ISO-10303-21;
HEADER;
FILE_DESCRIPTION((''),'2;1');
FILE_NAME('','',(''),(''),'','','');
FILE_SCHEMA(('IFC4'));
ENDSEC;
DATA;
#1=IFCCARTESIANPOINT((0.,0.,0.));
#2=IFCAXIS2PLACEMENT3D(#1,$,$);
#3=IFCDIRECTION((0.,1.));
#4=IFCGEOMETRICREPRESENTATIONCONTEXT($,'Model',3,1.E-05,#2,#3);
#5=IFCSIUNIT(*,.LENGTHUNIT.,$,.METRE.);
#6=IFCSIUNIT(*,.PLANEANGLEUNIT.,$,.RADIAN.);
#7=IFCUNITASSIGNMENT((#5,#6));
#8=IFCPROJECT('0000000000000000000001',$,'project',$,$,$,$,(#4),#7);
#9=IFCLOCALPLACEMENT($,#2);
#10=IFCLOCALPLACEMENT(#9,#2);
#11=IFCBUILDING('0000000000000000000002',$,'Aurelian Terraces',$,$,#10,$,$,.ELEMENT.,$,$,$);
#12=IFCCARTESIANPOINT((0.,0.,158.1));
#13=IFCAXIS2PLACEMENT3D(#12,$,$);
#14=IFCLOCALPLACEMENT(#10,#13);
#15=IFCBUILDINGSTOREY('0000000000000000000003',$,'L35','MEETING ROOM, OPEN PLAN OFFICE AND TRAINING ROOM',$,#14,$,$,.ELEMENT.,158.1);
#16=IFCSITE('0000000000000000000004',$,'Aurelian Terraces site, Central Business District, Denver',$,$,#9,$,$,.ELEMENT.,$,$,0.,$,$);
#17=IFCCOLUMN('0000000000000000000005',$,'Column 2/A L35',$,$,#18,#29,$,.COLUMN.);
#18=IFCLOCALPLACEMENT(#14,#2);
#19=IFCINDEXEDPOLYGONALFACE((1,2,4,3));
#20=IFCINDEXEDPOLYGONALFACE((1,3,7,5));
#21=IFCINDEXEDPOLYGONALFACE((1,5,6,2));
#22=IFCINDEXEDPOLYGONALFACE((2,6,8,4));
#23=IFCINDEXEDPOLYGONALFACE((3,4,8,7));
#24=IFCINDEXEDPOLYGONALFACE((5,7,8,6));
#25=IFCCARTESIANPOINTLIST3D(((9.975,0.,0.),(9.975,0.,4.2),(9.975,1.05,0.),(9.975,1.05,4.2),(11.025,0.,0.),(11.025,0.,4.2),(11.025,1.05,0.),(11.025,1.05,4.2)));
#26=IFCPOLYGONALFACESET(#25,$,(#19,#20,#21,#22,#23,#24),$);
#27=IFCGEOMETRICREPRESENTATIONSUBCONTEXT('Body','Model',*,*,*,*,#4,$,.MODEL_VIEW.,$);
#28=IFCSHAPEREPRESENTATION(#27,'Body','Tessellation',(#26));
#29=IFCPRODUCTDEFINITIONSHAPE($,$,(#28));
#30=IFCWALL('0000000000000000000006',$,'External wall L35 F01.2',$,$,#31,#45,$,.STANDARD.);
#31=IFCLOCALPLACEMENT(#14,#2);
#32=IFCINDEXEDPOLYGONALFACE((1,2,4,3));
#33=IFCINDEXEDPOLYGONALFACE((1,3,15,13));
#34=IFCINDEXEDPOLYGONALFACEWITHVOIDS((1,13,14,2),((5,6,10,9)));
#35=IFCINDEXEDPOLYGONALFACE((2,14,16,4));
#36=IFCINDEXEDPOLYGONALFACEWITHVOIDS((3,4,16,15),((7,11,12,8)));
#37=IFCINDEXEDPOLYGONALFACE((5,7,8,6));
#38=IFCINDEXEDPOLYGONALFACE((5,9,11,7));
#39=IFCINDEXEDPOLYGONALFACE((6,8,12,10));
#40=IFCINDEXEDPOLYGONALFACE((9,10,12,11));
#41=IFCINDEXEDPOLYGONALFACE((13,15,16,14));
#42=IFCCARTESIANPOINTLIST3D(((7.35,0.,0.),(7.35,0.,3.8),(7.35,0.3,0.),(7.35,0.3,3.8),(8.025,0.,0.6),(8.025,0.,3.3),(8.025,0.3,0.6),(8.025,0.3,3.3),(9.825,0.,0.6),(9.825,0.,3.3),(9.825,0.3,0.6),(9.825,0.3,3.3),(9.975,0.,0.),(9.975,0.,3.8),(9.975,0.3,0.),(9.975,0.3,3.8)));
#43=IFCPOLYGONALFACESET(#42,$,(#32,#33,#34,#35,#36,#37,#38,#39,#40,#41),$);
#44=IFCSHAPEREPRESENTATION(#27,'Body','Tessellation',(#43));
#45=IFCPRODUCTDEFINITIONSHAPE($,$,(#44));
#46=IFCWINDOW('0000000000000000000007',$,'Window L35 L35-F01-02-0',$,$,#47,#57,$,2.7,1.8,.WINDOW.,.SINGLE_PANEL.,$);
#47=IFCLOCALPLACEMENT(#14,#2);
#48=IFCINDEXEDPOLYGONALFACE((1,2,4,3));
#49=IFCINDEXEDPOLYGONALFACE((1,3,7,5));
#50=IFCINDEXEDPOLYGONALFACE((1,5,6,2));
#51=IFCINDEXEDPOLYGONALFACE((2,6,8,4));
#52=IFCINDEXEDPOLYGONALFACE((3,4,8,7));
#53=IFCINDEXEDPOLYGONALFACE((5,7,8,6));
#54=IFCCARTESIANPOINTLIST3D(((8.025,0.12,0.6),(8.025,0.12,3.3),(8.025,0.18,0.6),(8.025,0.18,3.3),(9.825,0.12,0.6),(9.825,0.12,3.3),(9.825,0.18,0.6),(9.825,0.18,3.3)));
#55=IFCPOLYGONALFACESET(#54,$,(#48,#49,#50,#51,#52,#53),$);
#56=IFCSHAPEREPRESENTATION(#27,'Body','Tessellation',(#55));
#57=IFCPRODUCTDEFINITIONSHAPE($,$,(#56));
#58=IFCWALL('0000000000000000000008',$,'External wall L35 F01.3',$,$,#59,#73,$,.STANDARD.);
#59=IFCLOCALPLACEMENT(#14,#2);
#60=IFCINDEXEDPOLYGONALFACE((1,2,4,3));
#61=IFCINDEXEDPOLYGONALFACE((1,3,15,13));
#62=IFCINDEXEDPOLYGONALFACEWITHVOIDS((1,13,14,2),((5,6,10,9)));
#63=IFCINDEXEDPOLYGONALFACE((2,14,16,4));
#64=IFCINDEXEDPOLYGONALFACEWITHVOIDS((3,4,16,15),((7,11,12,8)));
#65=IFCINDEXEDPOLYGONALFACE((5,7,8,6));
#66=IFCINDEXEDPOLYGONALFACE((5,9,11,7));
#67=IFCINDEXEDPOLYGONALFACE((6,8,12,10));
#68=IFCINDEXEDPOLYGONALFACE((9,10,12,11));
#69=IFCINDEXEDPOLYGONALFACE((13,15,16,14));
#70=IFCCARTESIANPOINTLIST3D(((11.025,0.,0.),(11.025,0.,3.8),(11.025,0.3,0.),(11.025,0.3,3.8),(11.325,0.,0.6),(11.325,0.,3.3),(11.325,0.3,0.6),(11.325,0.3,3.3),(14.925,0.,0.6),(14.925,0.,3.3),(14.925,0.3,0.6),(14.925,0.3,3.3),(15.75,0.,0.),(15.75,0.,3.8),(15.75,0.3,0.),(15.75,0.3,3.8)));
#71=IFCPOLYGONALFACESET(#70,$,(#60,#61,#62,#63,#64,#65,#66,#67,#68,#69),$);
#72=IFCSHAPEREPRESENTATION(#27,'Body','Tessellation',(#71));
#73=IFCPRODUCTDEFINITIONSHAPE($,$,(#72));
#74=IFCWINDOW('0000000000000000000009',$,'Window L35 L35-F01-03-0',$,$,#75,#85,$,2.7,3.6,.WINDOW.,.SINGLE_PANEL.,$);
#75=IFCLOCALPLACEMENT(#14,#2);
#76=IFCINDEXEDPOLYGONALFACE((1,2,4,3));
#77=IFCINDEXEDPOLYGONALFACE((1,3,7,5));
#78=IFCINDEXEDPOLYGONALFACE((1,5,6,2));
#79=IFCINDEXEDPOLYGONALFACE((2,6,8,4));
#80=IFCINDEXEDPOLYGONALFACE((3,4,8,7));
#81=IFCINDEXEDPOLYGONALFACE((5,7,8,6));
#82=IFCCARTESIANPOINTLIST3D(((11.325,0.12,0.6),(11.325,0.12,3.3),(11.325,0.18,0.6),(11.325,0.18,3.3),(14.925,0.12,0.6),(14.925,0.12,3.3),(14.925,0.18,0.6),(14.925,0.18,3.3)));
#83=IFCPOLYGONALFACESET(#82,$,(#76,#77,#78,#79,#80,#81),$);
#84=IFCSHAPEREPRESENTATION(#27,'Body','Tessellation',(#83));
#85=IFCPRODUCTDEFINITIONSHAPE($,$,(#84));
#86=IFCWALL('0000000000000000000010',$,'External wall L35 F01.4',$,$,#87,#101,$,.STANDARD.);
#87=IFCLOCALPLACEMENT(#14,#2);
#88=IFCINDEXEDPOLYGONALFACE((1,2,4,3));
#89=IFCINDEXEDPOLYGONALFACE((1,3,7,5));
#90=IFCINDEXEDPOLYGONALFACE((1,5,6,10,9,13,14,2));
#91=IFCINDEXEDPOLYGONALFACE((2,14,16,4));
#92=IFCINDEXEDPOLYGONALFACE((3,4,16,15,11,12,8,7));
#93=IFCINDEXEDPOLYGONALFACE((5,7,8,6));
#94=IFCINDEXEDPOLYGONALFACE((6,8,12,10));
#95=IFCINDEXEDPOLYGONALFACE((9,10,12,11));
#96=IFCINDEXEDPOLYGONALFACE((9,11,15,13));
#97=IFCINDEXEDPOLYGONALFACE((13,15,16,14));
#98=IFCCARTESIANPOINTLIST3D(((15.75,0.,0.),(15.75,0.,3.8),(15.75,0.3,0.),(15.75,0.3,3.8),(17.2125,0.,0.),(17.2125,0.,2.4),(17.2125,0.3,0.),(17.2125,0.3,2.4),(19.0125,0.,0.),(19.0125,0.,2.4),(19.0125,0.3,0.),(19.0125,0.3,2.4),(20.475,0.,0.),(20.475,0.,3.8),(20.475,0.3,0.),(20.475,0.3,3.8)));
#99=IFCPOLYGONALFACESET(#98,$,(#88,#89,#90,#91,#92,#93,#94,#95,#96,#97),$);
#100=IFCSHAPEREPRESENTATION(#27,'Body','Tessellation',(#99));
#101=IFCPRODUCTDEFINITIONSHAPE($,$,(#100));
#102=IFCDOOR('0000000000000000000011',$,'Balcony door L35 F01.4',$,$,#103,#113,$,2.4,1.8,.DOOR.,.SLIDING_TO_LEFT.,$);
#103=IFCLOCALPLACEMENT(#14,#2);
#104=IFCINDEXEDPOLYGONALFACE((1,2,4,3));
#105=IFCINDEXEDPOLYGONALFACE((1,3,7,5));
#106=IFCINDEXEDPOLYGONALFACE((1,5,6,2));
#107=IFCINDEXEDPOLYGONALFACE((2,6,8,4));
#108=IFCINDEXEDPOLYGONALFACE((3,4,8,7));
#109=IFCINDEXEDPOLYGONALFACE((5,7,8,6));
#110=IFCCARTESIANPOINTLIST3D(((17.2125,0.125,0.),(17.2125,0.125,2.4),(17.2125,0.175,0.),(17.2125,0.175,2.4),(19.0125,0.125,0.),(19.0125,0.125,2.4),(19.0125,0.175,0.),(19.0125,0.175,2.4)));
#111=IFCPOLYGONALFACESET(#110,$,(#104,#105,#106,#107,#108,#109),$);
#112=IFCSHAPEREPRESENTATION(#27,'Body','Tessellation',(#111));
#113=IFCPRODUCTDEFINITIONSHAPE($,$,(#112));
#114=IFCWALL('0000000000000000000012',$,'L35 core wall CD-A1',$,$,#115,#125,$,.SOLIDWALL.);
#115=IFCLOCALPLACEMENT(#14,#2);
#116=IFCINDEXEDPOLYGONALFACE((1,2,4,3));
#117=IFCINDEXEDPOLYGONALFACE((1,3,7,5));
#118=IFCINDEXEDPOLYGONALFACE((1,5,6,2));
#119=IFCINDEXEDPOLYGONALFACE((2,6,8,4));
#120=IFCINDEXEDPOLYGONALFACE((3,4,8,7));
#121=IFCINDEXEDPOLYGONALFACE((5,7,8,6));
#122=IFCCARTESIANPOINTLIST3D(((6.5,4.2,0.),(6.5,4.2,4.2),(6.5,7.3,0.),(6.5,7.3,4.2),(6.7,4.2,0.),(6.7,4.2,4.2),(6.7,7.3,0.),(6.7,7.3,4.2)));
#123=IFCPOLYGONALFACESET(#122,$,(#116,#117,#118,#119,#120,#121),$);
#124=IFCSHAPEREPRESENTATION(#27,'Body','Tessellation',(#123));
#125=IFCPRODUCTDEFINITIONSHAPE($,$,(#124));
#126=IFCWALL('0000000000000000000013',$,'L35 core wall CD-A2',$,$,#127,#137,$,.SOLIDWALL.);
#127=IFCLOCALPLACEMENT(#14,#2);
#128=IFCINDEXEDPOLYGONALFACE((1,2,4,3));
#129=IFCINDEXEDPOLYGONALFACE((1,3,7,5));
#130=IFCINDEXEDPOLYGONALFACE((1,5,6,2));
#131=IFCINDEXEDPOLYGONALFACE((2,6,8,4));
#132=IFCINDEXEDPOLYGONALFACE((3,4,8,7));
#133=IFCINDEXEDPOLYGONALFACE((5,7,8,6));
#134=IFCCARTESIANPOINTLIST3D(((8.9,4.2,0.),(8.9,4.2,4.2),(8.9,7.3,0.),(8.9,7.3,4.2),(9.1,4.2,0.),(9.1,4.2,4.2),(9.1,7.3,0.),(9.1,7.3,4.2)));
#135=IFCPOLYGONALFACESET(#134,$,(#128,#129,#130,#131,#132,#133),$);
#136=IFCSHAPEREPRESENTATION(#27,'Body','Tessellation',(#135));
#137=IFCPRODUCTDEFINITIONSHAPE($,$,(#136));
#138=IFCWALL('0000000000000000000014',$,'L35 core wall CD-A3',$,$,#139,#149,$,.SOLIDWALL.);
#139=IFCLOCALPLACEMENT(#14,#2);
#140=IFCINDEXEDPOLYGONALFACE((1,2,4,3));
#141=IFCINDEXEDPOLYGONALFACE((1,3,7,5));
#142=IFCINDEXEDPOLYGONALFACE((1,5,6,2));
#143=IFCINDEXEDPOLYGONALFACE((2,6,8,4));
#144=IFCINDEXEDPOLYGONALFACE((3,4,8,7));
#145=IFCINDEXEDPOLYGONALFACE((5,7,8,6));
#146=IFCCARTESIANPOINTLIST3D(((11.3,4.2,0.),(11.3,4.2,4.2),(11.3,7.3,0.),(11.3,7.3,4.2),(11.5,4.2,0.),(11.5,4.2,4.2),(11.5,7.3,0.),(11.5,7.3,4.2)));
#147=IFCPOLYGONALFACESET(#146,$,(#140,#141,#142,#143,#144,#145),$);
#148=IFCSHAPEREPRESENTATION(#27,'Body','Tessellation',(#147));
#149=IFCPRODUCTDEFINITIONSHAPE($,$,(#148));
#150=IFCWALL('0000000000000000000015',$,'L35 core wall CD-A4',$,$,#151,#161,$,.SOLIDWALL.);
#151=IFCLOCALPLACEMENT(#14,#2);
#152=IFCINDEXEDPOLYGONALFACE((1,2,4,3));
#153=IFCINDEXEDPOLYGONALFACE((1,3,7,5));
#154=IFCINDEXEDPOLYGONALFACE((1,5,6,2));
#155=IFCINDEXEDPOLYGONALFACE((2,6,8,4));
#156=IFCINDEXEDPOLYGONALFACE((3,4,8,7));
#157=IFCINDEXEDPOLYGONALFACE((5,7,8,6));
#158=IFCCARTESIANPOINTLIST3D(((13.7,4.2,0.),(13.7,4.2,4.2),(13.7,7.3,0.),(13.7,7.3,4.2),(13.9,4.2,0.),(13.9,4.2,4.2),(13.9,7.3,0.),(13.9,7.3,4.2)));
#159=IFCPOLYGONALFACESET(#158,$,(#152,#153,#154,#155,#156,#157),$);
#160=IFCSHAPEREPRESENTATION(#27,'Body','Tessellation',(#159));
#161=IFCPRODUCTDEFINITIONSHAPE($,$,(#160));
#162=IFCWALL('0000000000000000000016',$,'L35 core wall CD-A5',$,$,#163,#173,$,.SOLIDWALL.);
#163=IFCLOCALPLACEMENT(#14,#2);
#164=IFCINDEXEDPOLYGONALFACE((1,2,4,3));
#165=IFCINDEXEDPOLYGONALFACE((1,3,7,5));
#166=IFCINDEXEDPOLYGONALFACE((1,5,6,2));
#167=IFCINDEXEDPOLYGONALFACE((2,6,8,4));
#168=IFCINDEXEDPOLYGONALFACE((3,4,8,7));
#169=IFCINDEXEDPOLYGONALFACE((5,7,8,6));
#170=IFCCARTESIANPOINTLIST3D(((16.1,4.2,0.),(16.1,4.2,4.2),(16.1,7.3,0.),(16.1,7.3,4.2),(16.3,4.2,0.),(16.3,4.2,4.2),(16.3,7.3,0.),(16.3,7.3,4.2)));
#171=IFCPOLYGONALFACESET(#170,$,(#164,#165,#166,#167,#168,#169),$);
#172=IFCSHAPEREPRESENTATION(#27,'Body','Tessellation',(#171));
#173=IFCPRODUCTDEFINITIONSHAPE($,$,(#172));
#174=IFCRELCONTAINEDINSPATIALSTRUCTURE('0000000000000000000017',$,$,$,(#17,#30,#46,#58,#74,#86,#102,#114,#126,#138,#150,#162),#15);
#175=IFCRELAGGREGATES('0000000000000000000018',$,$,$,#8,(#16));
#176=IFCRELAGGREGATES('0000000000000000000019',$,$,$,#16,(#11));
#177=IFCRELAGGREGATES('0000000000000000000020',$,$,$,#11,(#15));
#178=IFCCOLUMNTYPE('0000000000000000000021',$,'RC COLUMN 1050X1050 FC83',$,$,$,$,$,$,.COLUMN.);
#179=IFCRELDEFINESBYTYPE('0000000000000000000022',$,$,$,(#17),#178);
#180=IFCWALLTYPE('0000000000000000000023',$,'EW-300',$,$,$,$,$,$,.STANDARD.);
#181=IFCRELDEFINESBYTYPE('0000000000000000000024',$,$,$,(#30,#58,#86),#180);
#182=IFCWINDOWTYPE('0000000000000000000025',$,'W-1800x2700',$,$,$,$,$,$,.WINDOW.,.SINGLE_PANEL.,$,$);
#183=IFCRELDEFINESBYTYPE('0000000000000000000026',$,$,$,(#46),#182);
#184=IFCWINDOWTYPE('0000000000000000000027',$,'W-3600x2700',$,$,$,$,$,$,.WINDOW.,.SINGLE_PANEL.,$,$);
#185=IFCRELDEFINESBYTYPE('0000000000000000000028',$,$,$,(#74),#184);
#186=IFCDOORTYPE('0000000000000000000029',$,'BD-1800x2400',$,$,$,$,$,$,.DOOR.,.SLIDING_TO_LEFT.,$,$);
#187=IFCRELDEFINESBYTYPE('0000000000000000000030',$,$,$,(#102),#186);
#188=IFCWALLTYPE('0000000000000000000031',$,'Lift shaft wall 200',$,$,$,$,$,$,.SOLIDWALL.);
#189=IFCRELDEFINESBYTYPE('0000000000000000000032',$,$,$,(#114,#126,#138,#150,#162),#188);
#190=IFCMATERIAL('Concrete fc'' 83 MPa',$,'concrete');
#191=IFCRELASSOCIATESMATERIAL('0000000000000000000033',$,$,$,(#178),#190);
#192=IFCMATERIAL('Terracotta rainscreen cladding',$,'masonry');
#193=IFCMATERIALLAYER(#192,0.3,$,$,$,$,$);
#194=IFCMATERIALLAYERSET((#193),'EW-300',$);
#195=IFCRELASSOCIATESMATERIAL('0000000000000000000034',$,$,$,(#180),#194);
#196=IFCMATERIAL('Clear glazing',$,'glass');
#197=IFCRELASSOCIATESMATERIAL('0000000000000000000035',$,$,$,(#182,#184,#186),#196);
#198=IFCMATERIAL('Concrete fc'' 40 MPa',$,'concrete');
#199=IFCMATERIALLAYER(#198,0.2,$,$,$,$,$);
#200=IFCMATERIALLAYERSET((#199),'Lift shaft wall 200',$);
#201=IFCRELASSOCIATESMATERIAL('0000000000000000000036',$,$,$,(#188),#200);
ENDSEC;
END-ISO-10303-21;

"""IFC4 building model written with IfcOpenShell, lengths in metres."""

from ifc_helpers import new_model, si_unit, direction, frame, frame_2d, origin, origin_2d, place, context, subcontext, project, spatial, rectangle, extrude, source, transform, mapped, material, layer, layer_set, material_profile, profile_set, type_object, element, fill, save


model = new_model("IFC4")

# Units and contexts
model_context = context("Model", 3, precision=1e-05, world=origin(), true_north=direction((0.0, 1.0)))
body_context = subcontext(model_context, "Body", "Model", "MODEL_VIEW")
ifc_project = project(units=[si_unit("LENGTHUNIT", "METRE"), si_unit("PLANEANGLEUNIT", "RADIAN")], contexts=[model_context])

# Site, building, storey
site_placement = place(None, origin())
site = spatial("IfcSite", under=ifc_project, at=site_placement, Name="Aurelian Terraces site, Central Business District, Denver", CompositionType="ELEMENT", RefElevation=0.0)
building_placement = place(site_placement, origin())
building = spatial("IfcBuilding", under=site, at=building_placement, Name="Aurelian Terraces", CompositionType="ELEMENT")
storey_placement = place(building_placement, frame((0.0, 0.0, 158.1)))
storey = spatial("IfcBuildingStorey", under=building, at=storey_placement, Name="L35", Description="MEETING ROOM, OPEN PLAN OFFICE AND TRAINING ROOM", CompositionType="ELEMENT", Elevation=158.1)

# Column
ifc_material_1 = material(Name="Concrete fc' 83 MPa", Category="concrete")
ifc_material_profile = material_profile(ifc_material_1, rectangle(XDim=1.05, YDim=1.05, at=origin_2d()))
ifc_profile_set = profile_set([ifc_material_profile], Name="Concrete fc' 83 MPa")
column_type = type_object("IfcColumnType", Name="RC COLUMN 1050X1050 FC83", PredefinedType="COLUMN", material=ifc_profile_set)
shared_shape_1 = source(origin(), body_context, "Body", "SweptSolid", [
    extrude(rectangle(XDim=1.05, YDim=1.05, at=origin_2d()), origin(), (0.0, 0.0, 1.0), 4.2),
])
column_placement = place(storey_placement, frame((10.5, 0.525, 0.0), z_axis=(0.0, 0.0, 1.0), x_axis=(1.0, 0.0, 0.0)))
element("IfcColumn", 1, at=column_placement, inside=storey, type_object=column_type, Name="Column 2/A L35", PredefinedType="COLUMN", context=body_context, shape_type="MappedRepresentation", body=[
    mapped(shared_shape_1, transform((0.0, 0.0, 0.0), scale=1.0)),
])

# Walls, openings, windows
ifc_material_2 = material(Name="Terracotta rainscreen cladding", Category="masonry")
ifc_layer_1 = layer(ifc_material_2, 0.3)
ifc_layer_set_1 = layer_set([ifc_layer_1], Name="EW-300")
wall_type_1 = type_object("IfcWallType", Name="EW-300", PredefinedType="STANDARD", material=ifc_layer_set_1)
shared_shape_2 = source(origin(), body_context, "Body", "SweptSolid", [
    extrude(rectangle(XDim=2.625, YDim=0.3, at=frame_2d((1.3125, 0.0))), origin(), (0.0, 0.0, 1.0), 3.8),
])
wall_1_placement = place(storey_placement, frame((7.35, 0.15, 0.0), z_axis=(0.0, 0.0, 1.0), x_axis=(1.0, 0.0, 0.0)))
wall_1 = element("IfcWall", 2, at=wall_1_placement, inside=storey, type_object=wall_type_1, Name="External wall L35 F01.2", PredefinedType="STANDARD", context=body_context, shape_type="MappedRepresentation", body=[
    mapped(shared_shape_2, transform((0.0, 0.0, 0.0), scale=1.0)),
])
shared_shape_3 = source(origin(), body_context, "Body", "SweptSolid", [
    extrude(rectangle(XDim=1.8, YDim=2.7, at=frame_2d((0.9, 1.35))), frame((0.0, 0.16, 0.0), z_axis=(0.0, -1.0, 0.0), x_axis=(1.0, 0.0, 0.0)), (0.0, 0.0, 1.0), 0.32),
])
opening_1_placement = place(wall_1_placement, frame((0.675, 0.0, 0.6)))
opening_1 = element("IfcOpeningElement", 3, at=opening_1_placement, cuts=wall_1, PredefinedType="OPENING", context=body_context, shape_type="MappedRepresentation", body=[
    mapped(shared_shape_3, transform((0.0, 0.0, 0.0), scale=1.0)),
])
ifc_material_3 = material(Name="Clear glazing", Category="glass")
window_type_1 = type_object("IfcWindowType", Name="W-1800x2700", PartitioningType="SINGLE_PANEL", PredefinedType="WINDOW", material=ifc_material_3)
shared_shape_4 = source(origin(), body_context, "Body", "SweptSolid", [
    extrude(rectangle(XDim=1.8, YDim=2.7, at=frame_2d((0.9, 1.35))), frame((0.0, 0.03, 0.0), z_axis=(0.0, -1.0, 0.0), x_axis=(1.0, 0.0, 0.0)), (0.0, 0.0, 1.0), 0.06),
])
window_1_placement = place(opening_1_placement, origin())
window_1 = element("IfcWindow", 4, at=window_1_placement, inside=storey, type_object=window_type_1, Name="Window L35 L35-F01-02-0", OverallHeight=2.7, OverallWidth=1.8, PartitioningType="SINGLE_PANEL", PredefinedType="WINDOW", context=body_context, shape_type="MappedRepresentation", body=[
    mapped(shared_shape_4, transform((0.0, 0.0, 0.0), scale=1.0)),
])
fill(opening_1, window_1)
shared_shape_5 = source(origin(), body_context, "Body", "SweptSolid", [
    extrude(rectangle(XDim=4.725, YDim=0.3, at=frame_2d((2.3625, 0.0))), origin(), (0.0, 0.0, 1.0), 3.8),
])
wall_2_placement = place(storey_placement, frame((11.025, 0.15, 0.0), z_axis=(0.0, 0.0, 1.0), x_axis=(1.0, 0.0, 0.0)))
wall_2 = element("IfcWall", 5, at=wall_2_placement, inside=storey, type_object=wall_type_1, Name="External wall L35 F01.3", PredefinedType="STANDARD", context=body_context, shape_type="MappedRepresentation", body=[
    mapped(shared_shape_5, transform((0.0, 0.0, 0.0), scale=1.0)),
])
shared_shape_6 = source(origin(), body_context, "Body", "SweptSolid", [
    extrude(rectangle(XDim=3.6, YDim=2.7, at=frame_2d((1.8, 1.35))), frame((0.0, 0.16, 0.0), z_axis=(0.0, -1.0, 0.0), x_axis=(1.0, 0.0, 0.0)), (0.0, 0.0, 1.0), 0.32),
])
opening_2_placement = place(wall_2_placement, frame((0.3, 0.0, 0.6)))
opening_2 = element("IfcOpeningElement", 6, at=opening_2_placement, cuts=wall_2, PredefinedType="OPENING", context=body_context, shape_type="MappedRepresentation", body=[
    mapped(shared_shape_6, transform((0.0, 0.0, 0.0), scale=1.0)),
])
window_type_2 = type_object("IfcWindowType", Name="W-3600x2700", PartitioningType="SINGLE_PANEL", PredefinedType="WINDOW", material=ifc_material_3)
shared_shape_7 = source(origin(), body_context, "Body", "SweptSolid", [
    extrude(rectangle(XDim=3.6, YDim=2.7, at=frame_2d((1.8, 1.35))), frame((0.0, 0.03, 0.0), z_axis=(0.0, -1.0, 0.0), x_axis=(1.0, 0.0, 0.0)), (0.0, 0.0, 1.0), 0.06),
])
window_2_placement = place(opening_2_placement, origin())
window_2 = element("IfcWindow", 7, at=window_2_placement, inside=storey, type_object=window_type_2, Name="Window L35 L35-F01-03-0", OverallHeight=2.7, OverallWidth=3.6, PartitioningType="SINGLE_PANEL", PredefinedType="WINDOW", context=body_context, shape_type="MappedRepresentation", body=[
    mapped(shared_shape_7, transform((0.0, 0.0, 0.0), scale=1.0)),
])
fill(opening_2, window_2)

# Wall, opening, door
wall_3_placement = place(storey_placement, frame((15.75, 0.15, 0.0), z_axis=(0.0, 0.0, 1.0), x_axis=(1.0, 0.0, 0.0)))
wall_3 = element("IfcWall", 8, at=wall_3_placement, inside=storey, type_object=wall_type_1, Name="External wall L35 F01.4", PredefinedType="STANDARD", context=body_context, shape_type="MappedRepresentation", body=[
    mapped(shared_shape_5, transform((0.0, 0.0, 0.0), scale=1.0)),
])
shared_shape_8 = source(origin(), body_context, "Body", "SweptSolid", [
    extrude(rectangle(XDim=1.8, YDim=2.4, at=frame_2d((0.9, 1.2))), frame((0.0, 0.16, 0.0), z_axis=(0.0, -1.0, 0.0), x_axis=(1.0, 0.0, 0.0)), (0.0, 0.0, 1.0), 0.32),
])
opening_3_placement = place(wall_3_placement, frame((1.4625, 0.0, 0.0)))
opening_3 = element("IfcOpeningElement", 9, at=opening_3_placement, cuts=wall_3, PredefinedType="OPENING", context=body_context, shape_type="MappedRepresentation", body=[
    mapped(shared_shape_8, transform((0.0, 0.0, 0.0), scale=1.0)),
])
door_type = type_object("IfcDoorType", Name="BD-1800x2400", OperationType="SLIDING_TO_LEFT", PredefinedType="DOOR", material=ifc_material_3)
shared_shape_9 = source(origin(), body_context, "Body", "SweptSolid", [
    extrude(rectangle(XDim=1.8, YDim=2.4, at=frame_2d((0.9, 1.2))), frame((0.0, 0.025, 0.0), z_axis=(0.0, -1.0, 0.0), x_axis=(1.0, 0.0, 0.0)), (0.0, 0.0, 1.0), 0.05),
])
door_placement = place(opening_3_placement, origin())
door = element("IfcDoor", 10, at=door_placement, inside=storey, type_object=door_type, Name="Balcony door L35 F01.4", OperationType="SLIDING_TO_LEFT", OverallHeight=2.4, OverallWidth=1.8, PredefinedType="DOOR", context=body_context, shape_type="MappedRepresentation", body=[
    mapped(shared_shape_9, transform((0.0, 0.0, 0.0), scale=1.0)),
])
fill(opening_3, door)

# Walls
ifc_material_4 = material(Name="Concrete fc' 40 MPa", Category="concrete")
ifc_layer_2 = layer(ifc_material_4, 0.2)
ifc_layer_set_2 = layer_set([ifc_layer_2], Name="Lift shaft wall 200")
wall_type_2 = type_object("IfcWallType", Name="Lift shaft wall 200", PredefinedType="SOLIDWALL", material=ifc_layer_set_2)
shared_shape_10 = source(origin(), body_context, "Body", "SweptSolid", [
    extrude(rectangle(XDim=3.1, YDim=0.2, at=frame_2d((1.55, 0.0))), origin(), (0.0, 0.0, 1.0), 4.2),
])
for number, where, z_axis, x_axis, name in (
    (11, (6.6, 4.2, 0.0), (0.0, 0.0, 1.0), (0.0, 1.0, 0.0), "L35 core wall CD-A1"),
    (12, (9.0, 4.2, 0.0), (0.0, 0.0, 1.0), (0.0, 1.0, 0.0), "L35 core wall CD-A2"),
    (13, (11.4, 4.2, 0.0), (0.0, 0.0, 1.0), (0.0, 1.0, 0.0), "L35 core wall CD-A3"),
    (14, (13.8, 4.2, 0.0), (0.0, 0.0, 1.0), (0.0, 1.0, 0.0), "L35 core wall CD-A4"),
    (15, (16.2, 4.2, 0.0), (0.0, 0.0, 1.0), (0.0, 1.0, 0.0), "L35 core wall CD-A5"),
):
    element("IfcWall", number, at=place(storey_placement, frame(where, z_axis=z_axis, x_axis=x_axis)), inside=storey, type_object=wall_type_2, Name=name, PredefinedType="SOLIDWALL", context=body_context, shape_type="MappedRepresentation", body=[
        mapped(shared_shape_10, transform((0.0, 0.0, 0.0), scale=1.0)),
    ])

save(model, "model.ifc")
